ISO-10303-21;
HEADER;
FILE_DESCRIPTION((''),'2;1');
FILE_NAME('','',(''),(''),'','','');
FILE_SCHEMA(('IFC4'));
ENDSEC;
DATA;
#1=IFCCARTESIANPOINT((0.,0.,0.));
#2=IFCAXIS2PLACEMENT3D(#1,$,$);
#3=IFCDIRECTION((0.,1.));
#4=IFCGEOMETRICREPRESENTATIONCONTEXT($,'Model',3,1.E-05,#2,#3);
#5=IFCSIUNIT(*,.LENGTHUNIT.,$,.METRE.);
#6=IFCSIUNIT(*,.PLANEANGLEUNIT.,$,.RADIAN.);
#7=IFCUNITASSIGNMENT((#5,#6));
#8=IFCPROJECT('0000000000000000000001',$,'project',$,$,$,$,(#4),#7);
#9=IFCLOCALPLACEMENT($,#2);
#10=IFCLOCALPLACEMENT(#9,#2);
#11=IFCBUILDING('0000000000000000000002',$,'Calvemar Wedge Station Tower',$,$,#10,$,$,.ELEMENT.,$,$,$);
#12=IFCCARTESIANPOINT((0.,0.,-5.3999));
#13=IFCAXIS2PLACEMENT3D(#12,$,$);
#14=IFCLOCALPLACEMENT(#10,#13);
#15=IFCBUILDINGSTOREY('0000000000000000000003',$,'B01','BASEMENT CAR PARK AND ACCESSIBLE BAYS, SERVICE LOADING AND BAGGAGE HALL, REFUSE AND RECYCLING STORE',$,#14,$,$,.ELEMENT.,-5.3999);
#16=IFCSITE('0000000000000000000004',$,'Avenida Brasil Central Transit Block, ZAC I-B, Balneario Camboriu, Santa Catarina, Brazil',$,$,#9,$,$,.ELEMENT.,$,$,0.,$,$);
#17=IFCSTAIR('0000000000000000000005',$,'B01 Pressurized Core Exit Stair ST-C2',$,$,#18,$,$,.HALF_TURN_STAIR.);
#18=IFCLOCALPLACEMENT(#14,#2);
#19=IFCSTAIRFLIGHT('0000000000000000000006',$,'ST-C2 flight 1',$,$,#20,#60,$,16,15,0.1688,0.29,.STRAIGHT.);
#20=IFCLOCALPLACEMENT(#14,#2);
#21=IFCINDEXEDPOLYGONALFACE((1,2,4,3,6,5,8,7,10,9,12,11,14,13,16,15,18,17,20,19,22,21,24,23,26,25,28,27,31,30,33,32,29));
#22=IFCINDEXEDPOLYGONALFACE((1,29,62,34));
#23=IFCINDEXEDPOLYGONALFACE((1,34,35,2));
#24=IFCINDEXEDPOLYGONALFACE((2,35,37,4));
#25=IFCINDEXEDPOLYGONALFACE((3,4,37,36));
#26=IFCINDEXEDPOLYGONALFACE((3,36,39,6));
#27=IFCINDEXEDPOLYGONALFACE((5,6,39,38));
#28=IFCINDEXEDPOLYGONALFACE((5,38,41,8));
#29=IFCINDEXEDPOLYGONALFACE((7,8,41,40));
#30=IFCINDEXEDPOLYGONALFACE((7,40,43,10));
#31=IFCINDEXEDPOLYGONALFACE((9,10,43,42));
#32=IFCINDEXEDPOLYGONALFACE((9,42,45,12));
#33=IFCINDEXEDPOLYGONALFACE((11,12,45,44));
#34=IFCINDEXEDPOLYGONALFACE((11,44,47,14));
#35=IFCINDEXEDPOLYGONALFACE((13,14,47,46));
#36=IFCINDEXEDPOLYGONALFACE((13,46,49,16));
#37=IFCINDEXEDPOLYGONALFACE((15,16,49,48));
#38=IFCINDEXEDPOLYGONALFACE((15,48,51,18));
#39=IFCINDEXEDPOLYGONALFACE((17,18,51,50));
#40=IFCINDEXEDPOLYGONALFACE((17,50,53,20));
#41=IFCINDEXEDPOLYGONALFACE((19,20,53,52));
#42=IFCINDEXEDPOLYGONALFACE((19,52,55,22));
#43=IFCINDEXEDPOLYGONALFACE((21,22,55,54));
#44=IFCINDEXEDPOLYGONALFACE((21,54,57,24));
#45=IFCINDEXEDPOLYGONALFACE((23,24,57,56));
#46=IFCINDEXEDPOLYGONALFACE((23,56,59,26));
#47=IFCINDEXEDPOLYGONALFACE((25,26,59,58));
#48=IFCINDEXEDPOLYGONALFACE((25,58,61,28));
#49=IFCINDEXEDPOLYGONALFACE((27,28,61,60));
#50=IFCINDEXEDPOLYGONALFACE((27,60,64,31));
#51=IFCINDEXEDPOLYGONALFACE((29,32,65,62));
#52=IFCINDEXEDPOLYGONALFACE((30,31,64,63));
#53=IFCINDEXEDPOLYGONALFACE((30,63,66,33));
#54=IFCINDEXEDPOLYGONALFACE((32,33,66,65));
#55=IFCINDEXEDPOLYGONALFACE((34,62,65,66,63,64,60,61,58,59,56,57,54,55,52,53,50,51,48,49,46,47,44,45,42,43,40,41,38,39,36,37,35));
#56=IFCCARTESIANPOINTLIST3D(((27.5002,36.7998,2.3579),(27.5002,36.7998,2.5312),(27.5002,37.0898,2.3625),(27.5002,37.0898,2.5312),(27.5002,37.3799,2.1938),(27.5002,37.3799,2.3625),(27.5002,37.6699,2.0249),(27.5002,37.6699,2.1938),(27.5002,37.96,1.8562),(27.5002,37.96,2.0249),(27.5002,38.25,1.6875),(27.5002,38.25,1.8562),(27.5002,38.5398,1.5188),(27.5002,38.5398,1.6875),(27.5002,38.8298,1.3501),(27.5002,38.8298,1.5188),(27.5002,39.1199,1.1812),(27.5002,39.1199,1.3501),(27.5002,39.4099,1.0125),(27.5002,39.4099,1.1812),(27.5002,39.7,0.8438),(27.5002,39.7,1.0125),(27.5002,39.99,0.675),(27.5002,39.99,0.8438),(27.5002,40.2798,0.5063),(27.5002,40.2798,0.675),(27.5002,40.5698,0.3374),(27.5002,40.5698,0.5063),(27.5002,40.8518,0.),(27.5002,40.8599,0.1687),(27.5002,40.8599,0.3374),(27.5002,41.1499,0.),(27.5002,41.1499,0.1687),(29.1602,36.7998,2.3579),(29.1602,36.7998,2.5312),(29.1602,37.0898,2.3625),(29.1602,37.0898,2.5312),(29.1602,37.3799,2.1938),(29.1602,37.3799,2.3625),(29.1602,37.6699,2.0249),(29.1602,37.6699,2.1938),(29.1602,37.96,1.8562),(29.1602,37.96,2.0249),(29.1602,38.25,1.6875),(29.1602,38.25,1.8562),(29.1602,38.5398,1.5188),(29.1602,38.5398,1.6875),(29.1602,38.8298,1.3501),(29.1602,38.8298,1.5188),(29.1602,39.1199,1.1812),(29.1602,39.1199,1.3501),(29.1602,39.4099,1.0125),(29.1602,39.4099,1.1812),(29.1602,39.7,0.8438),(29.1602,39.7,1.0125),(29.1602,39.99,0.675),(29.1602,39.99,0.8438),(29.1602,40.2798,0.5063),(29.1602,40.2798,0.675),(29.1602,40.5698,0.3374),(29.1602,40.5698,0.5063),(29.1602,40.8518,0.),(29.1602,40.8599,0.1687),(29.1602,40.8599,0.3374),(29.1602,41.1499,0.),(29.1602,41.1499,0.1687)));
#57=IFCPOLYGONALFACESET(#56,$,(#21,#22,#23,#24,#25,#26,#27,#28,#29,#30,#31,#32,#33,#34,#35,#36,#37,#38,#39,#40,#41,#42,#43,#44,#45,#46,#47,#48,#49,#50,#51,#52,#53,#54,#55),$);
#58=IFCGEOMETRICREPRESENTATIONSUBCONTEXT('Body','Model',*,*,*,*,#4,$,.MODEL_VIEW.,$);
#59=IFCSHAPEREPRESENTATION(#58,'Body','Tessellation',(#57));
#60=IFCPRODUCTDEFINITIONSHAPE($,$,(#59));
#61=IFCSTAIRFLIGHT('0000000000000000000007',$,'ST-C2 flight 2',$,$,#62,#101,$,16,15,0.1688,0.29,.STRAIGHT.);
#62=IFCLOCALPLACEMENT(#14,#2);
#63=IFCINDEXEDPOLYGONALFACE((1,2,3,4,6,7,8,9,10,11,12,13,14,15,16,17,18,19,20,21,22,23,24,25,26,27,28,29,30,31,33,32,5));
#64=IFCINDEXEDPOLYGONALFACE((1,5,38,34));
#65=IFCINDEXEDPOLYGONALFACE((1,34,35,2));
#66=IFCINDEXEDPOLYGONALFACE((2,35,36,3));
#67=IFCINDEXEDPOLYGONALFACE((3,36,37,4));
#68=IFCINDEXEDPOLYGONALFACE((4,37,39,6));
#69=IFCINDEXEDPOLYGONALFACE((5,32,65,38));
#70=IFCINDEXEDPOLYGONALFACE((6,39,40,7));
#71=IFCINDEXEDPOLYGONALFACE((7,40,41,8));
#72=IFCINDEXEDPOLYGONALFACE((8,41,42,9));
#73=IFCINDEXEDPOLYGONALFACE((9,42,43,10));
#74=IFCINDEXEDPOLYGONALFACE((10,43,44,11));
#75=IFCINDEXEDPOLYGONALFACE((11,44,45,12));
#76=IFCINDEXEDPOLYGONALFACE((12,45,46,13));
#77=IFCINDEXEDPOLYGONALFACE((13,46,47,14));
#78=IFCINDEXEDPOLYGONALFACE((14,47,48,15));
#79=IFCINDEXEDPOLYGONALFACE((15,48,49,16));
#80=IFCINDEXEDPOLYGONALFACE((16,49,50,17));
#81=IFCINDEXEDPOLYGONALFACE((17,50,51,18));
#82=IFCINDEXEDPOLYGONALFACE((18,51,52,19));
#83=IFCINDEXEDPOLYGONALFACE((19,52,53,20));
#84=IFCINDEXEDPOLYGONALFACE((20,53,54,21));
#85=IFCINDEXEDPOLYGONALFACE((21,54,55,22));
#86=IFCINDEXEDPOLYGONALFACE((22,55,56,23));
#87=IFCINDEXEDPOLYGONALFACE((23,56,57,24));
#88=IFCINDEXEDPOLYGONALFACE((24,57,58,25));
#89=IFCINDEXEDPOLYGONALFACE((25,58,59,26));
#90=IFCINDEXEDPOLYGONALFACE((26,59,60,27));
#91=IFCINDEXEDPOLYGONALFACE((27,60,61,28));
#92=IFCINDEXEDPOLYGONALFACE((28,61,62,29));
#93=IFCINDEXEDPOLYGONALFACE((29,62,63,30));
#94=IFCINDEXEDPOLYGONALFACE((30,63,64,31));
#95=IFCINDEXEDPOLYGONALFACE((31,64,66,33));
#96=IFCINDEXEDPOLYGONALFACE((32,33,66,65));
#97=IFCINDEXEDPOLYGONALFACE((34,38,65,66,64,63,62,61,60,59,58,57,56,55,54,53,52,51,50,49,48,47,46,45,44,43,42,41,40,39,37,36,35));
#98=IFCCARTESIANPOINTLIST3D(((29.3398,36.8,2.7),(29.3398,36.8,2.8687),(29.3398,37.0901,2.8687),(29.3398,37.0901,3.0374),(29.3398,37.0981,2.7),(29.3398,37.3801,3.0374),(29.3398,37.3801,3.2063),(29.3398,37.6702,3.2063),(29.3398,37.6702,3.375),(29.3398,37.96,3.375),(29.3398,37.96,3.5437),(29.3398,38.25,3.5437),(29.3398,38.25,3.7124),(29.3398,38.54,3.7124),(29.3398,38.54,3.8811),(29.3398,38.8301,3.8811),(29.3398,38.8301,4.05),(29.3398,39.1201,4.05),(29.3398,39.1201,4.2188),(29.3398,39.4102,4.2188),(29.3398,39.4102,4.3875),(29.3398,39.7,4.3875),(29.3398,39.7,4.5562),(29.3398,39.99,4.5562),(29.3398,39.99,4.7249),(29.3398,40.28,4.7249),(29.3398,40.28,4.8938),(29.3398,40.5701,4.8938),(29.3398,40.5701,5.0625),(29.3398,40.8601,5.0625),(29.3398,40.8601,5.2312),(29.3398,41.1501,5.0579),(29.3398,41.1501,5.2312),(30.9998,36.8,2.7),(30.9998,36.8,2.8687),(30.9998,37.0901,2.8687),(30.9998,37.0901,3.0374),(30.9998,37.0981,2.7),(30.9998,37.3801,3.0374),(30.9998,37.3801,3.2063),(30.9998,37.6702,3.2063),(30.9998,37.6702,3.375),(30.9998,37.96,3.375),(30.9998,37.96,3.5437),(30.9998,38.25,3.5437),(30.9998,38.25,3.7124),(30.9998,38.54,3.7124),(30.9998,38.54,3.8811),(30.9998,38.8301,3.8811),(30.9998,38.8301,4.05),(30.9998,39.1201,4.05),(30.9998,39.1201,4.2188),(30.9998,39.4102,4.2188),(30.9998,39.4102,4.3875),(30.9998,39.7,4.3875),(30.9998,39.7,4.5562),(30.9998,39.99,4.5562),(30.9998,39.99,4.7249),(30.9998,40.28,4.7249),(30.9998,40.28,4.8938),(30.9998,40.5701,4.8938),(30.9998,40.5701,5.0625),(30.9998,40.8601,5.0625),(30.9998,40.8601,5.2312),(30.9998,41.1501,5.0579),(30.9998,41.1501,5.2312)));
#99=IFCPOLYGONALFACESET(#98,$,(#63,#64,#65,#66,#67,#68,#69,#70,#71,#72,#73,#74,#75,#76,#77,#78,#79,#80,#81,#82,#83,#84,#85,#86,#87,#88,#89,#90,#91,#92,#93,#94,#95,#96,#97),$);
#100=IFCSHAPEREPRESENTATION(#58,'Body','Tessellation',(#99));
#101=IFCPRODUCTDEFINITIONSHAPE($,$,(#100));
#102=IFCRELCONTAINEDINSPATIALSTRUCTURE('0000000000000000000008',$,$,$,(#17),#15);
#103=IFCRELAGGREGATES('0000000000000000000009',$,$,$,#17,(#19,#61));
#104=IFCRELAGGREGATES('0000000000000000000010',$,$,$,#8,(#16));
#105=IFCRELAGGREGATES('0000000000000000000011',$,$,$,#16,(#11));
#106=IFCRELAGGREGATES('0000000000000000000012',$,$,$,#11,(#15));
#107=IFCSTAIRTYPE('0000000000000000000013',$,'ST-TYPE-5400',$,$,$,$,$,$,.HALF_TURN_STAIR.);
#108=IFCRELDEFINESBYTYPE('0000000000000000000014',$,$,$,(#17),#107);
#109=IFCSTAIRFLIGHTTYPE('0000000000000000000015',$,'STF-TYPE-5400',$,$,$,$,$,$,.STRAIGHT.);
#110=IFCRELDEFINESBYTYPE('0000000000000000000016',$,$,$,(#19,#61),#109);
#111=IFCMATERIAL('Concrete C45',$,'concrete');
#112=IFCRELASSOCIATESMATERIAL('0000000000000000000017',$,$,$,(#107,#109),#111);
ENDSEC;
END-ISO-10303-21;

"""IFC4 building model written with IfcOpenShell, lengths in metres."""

from ifc_helpers import new_model, si_unit, direction, frame, origin, place, context, subcontext, project, spatial, polyline, outline, extrude, material, type_object, element, aggregate, save


model = new_model("IFC4")

# Units and contexts
model_context = context("Model", 3, precision=1e-05, world=origin(), true_north=direction((0.0, 1.0)))
body_context = subcontext(model_context, "Body", "Model", "MODEL_VIEW")
ifc_project = project(units=[si_unit("LENGTHUNIT", "METRE"), si_unit("PLANEANGLEUNIT", "RADIAN")], contexts=[model_context])

# Site, building, storey
site_placement = place(None, origin())
site = spatial("IfcSite", under=ifc_project, at=site_placement, Name="Avenida Brasil Central Transit Block, ZAC I-B, Balneario Camboriu, Santa Catarina, Brazil", CompositionType="ELEMENT", RefElevation=0.0)
building_placement = place(site_placement, origin())
building = spatial("IfcBuilding", under=site, at=building_placement, Name="Calvemar Wedge Station Tower", CompositionType="ELEMENT")
storey_placement = place(building_placement, frame((0.0, 0.0, -5.3999)))
storey = spatial("IfcBuildingStorey", under=building, at=storey_placement, Name="B01", Description="BASEMENT CAR PARK AND ACCESSIBLE BAYS, SERVICE LOADING AND BAGGAGE HALL, REFUSE AND RECYCLING STORE", CompositionType="ELEMENT", Elevation=-5.3999)

# Stair, stair flights
ifc_material_1 = material(Name="Concrete C45", Category="concrete")
stair_type = type_object("IfcStairType", Name="ST-TYPE-5400", PredefinedType="HALF_TURN_STAIR", material=ifc_material_1)
stair_placement = place(storey_placement, origin())
stair = element("IfcStair", 1, at=stair_placement, inside=storey, type_object=stair_type, Name="B01 Pressurized Core Exit Stair ST-C2", PredefinedType="HALF_TURN_STAIR")
stair_flight_type = type_object("IfcStairFlightType", Name="STF-TYPE-5400", PredefinedType="STRAIGHT", material=ifc_material_1)
stair_flight_1_placement = place(storey_placement, frame((28.3301, 41.1499, 0.0), z_axis=(0.0, 0.0, 1.0), x_axis=(0.0, -1.0, 0.0)))
stair_flight_1 = element("IfcStairFlight", 2, at=stair_flight_1_placement, type_object=stair_flight_type, Name="ST-C2 flight 1", NumberOfRisers=16, NumberOfTreads=15, PredefinedType="STRAIGHT", RiserHeight=0.1688, TreadLength=0.29, context=body_context, shape_type="SweptSolid", body=[
    extrude(outline(polyline([(0.0, 0.0), (0.0, 0.1687), (0.29, 0.1687), (0.29, 0.3374), (0.5801, 0.3374), (0.5801, 0.5063), (0.8701, 0.5063), (0.8701, 0.675), (1.1599, 0.675), (1.1599, 0.8438), (1.45, 0.8438), (1.45, 1.0125), (1.74, 1.0125), (1.74, 1.1812), (2.03, 1.1812), (2.03, 1.3501), (2.3201, 1.3501), (2.3201, 1.5188), (2.6101, 1.5188), (2.6101, 1.6875), (2.8999, 1.6875), (2.8999, 1.8562), (3.1899, 1.8562), (3.1899, 2.0249), (3.48, 2.0249), (3.48, 2.1938), (3.77, 2.1938), (3.77, 2.3625), (4.0601, 2.3625), (4.0601, 2.5312), (4.3501, 2.5312), (4.3501, 2.7), (4.3501, 2.3579), (0.2981, 0.0), (0.0, 0.0)])), frame((0.0, 0.8301, 0.0), z_axis=(0.0, -1.0, 0.0), x_axis=(1.0, 0.0, 0.0)), (0.0, 0.0, 1.0), 1.6599),
])
stair_flight_2_placement = place(storey_placement, frame((30.1699, 36.8, 2.7), z_axis=(0.0, 0.0, 1.0), x_axis=(0.0, 1.0, 0.0)))
stair_flight_2 = element("IfcStairFlight", 3, at=stair_flight_2_placement, type_object=stair_flight_type, Name="ST-C2 flight 2", NumberOfRisers=16, NumberOfTreads=15, PredefinedType="STRAIGHT", RiserHeight=0.1688, TreadLength=0.29, context=body_context, shape_type="SweptSolid", body=[
    extrude(outline(polyline([(0.0, 0.0), (0.0, 0.1687), (0.29, 0.1687), (0.29, 0.3374), (0.5801, 0.3374), (0.5801, 0.5063), (0.8701, 0.5063), (0.8701, 0.675), (1.1599, 0.675), (1.1599, 0.8438), (1.45, 0.8438), (1.45, 1.0125), (1.74, 1.0125), (1.74, 1.1812), (2.03, 1.1812), (2.03, 1.3501), (2.3201, 1.3501), (2.3201, 1.5188), (2.6101, 1.5188), (2.6101, 1.6875), (2.8999, 1.6875), (2.8999, 1.8562), (3.1899, 1.8562), (3.1899, 2.0249), (3.48, 2.0249), (3.48, 2.1938), (3.77, 2.1938), (3.77, 2.3625), (4.0601, 2.3625), (4.0601, 2.5312), (4.3501, 2.5312), (4.3501, 2.7), (4.3501, 2.3579), (0.2981, 0.0), (0.0, 0.0)])), frame((0.0, 0.8301, 0.0), z_axis=(0.0, -1.0, 0.0), x_axis=(1.0, 0.0, 0.0)), (0.0, 0.0, 1.0), 1.6599),
])
aggregate(stair, [stair_flight_1, stair_flight_2])

save(model, "model.ifc")
